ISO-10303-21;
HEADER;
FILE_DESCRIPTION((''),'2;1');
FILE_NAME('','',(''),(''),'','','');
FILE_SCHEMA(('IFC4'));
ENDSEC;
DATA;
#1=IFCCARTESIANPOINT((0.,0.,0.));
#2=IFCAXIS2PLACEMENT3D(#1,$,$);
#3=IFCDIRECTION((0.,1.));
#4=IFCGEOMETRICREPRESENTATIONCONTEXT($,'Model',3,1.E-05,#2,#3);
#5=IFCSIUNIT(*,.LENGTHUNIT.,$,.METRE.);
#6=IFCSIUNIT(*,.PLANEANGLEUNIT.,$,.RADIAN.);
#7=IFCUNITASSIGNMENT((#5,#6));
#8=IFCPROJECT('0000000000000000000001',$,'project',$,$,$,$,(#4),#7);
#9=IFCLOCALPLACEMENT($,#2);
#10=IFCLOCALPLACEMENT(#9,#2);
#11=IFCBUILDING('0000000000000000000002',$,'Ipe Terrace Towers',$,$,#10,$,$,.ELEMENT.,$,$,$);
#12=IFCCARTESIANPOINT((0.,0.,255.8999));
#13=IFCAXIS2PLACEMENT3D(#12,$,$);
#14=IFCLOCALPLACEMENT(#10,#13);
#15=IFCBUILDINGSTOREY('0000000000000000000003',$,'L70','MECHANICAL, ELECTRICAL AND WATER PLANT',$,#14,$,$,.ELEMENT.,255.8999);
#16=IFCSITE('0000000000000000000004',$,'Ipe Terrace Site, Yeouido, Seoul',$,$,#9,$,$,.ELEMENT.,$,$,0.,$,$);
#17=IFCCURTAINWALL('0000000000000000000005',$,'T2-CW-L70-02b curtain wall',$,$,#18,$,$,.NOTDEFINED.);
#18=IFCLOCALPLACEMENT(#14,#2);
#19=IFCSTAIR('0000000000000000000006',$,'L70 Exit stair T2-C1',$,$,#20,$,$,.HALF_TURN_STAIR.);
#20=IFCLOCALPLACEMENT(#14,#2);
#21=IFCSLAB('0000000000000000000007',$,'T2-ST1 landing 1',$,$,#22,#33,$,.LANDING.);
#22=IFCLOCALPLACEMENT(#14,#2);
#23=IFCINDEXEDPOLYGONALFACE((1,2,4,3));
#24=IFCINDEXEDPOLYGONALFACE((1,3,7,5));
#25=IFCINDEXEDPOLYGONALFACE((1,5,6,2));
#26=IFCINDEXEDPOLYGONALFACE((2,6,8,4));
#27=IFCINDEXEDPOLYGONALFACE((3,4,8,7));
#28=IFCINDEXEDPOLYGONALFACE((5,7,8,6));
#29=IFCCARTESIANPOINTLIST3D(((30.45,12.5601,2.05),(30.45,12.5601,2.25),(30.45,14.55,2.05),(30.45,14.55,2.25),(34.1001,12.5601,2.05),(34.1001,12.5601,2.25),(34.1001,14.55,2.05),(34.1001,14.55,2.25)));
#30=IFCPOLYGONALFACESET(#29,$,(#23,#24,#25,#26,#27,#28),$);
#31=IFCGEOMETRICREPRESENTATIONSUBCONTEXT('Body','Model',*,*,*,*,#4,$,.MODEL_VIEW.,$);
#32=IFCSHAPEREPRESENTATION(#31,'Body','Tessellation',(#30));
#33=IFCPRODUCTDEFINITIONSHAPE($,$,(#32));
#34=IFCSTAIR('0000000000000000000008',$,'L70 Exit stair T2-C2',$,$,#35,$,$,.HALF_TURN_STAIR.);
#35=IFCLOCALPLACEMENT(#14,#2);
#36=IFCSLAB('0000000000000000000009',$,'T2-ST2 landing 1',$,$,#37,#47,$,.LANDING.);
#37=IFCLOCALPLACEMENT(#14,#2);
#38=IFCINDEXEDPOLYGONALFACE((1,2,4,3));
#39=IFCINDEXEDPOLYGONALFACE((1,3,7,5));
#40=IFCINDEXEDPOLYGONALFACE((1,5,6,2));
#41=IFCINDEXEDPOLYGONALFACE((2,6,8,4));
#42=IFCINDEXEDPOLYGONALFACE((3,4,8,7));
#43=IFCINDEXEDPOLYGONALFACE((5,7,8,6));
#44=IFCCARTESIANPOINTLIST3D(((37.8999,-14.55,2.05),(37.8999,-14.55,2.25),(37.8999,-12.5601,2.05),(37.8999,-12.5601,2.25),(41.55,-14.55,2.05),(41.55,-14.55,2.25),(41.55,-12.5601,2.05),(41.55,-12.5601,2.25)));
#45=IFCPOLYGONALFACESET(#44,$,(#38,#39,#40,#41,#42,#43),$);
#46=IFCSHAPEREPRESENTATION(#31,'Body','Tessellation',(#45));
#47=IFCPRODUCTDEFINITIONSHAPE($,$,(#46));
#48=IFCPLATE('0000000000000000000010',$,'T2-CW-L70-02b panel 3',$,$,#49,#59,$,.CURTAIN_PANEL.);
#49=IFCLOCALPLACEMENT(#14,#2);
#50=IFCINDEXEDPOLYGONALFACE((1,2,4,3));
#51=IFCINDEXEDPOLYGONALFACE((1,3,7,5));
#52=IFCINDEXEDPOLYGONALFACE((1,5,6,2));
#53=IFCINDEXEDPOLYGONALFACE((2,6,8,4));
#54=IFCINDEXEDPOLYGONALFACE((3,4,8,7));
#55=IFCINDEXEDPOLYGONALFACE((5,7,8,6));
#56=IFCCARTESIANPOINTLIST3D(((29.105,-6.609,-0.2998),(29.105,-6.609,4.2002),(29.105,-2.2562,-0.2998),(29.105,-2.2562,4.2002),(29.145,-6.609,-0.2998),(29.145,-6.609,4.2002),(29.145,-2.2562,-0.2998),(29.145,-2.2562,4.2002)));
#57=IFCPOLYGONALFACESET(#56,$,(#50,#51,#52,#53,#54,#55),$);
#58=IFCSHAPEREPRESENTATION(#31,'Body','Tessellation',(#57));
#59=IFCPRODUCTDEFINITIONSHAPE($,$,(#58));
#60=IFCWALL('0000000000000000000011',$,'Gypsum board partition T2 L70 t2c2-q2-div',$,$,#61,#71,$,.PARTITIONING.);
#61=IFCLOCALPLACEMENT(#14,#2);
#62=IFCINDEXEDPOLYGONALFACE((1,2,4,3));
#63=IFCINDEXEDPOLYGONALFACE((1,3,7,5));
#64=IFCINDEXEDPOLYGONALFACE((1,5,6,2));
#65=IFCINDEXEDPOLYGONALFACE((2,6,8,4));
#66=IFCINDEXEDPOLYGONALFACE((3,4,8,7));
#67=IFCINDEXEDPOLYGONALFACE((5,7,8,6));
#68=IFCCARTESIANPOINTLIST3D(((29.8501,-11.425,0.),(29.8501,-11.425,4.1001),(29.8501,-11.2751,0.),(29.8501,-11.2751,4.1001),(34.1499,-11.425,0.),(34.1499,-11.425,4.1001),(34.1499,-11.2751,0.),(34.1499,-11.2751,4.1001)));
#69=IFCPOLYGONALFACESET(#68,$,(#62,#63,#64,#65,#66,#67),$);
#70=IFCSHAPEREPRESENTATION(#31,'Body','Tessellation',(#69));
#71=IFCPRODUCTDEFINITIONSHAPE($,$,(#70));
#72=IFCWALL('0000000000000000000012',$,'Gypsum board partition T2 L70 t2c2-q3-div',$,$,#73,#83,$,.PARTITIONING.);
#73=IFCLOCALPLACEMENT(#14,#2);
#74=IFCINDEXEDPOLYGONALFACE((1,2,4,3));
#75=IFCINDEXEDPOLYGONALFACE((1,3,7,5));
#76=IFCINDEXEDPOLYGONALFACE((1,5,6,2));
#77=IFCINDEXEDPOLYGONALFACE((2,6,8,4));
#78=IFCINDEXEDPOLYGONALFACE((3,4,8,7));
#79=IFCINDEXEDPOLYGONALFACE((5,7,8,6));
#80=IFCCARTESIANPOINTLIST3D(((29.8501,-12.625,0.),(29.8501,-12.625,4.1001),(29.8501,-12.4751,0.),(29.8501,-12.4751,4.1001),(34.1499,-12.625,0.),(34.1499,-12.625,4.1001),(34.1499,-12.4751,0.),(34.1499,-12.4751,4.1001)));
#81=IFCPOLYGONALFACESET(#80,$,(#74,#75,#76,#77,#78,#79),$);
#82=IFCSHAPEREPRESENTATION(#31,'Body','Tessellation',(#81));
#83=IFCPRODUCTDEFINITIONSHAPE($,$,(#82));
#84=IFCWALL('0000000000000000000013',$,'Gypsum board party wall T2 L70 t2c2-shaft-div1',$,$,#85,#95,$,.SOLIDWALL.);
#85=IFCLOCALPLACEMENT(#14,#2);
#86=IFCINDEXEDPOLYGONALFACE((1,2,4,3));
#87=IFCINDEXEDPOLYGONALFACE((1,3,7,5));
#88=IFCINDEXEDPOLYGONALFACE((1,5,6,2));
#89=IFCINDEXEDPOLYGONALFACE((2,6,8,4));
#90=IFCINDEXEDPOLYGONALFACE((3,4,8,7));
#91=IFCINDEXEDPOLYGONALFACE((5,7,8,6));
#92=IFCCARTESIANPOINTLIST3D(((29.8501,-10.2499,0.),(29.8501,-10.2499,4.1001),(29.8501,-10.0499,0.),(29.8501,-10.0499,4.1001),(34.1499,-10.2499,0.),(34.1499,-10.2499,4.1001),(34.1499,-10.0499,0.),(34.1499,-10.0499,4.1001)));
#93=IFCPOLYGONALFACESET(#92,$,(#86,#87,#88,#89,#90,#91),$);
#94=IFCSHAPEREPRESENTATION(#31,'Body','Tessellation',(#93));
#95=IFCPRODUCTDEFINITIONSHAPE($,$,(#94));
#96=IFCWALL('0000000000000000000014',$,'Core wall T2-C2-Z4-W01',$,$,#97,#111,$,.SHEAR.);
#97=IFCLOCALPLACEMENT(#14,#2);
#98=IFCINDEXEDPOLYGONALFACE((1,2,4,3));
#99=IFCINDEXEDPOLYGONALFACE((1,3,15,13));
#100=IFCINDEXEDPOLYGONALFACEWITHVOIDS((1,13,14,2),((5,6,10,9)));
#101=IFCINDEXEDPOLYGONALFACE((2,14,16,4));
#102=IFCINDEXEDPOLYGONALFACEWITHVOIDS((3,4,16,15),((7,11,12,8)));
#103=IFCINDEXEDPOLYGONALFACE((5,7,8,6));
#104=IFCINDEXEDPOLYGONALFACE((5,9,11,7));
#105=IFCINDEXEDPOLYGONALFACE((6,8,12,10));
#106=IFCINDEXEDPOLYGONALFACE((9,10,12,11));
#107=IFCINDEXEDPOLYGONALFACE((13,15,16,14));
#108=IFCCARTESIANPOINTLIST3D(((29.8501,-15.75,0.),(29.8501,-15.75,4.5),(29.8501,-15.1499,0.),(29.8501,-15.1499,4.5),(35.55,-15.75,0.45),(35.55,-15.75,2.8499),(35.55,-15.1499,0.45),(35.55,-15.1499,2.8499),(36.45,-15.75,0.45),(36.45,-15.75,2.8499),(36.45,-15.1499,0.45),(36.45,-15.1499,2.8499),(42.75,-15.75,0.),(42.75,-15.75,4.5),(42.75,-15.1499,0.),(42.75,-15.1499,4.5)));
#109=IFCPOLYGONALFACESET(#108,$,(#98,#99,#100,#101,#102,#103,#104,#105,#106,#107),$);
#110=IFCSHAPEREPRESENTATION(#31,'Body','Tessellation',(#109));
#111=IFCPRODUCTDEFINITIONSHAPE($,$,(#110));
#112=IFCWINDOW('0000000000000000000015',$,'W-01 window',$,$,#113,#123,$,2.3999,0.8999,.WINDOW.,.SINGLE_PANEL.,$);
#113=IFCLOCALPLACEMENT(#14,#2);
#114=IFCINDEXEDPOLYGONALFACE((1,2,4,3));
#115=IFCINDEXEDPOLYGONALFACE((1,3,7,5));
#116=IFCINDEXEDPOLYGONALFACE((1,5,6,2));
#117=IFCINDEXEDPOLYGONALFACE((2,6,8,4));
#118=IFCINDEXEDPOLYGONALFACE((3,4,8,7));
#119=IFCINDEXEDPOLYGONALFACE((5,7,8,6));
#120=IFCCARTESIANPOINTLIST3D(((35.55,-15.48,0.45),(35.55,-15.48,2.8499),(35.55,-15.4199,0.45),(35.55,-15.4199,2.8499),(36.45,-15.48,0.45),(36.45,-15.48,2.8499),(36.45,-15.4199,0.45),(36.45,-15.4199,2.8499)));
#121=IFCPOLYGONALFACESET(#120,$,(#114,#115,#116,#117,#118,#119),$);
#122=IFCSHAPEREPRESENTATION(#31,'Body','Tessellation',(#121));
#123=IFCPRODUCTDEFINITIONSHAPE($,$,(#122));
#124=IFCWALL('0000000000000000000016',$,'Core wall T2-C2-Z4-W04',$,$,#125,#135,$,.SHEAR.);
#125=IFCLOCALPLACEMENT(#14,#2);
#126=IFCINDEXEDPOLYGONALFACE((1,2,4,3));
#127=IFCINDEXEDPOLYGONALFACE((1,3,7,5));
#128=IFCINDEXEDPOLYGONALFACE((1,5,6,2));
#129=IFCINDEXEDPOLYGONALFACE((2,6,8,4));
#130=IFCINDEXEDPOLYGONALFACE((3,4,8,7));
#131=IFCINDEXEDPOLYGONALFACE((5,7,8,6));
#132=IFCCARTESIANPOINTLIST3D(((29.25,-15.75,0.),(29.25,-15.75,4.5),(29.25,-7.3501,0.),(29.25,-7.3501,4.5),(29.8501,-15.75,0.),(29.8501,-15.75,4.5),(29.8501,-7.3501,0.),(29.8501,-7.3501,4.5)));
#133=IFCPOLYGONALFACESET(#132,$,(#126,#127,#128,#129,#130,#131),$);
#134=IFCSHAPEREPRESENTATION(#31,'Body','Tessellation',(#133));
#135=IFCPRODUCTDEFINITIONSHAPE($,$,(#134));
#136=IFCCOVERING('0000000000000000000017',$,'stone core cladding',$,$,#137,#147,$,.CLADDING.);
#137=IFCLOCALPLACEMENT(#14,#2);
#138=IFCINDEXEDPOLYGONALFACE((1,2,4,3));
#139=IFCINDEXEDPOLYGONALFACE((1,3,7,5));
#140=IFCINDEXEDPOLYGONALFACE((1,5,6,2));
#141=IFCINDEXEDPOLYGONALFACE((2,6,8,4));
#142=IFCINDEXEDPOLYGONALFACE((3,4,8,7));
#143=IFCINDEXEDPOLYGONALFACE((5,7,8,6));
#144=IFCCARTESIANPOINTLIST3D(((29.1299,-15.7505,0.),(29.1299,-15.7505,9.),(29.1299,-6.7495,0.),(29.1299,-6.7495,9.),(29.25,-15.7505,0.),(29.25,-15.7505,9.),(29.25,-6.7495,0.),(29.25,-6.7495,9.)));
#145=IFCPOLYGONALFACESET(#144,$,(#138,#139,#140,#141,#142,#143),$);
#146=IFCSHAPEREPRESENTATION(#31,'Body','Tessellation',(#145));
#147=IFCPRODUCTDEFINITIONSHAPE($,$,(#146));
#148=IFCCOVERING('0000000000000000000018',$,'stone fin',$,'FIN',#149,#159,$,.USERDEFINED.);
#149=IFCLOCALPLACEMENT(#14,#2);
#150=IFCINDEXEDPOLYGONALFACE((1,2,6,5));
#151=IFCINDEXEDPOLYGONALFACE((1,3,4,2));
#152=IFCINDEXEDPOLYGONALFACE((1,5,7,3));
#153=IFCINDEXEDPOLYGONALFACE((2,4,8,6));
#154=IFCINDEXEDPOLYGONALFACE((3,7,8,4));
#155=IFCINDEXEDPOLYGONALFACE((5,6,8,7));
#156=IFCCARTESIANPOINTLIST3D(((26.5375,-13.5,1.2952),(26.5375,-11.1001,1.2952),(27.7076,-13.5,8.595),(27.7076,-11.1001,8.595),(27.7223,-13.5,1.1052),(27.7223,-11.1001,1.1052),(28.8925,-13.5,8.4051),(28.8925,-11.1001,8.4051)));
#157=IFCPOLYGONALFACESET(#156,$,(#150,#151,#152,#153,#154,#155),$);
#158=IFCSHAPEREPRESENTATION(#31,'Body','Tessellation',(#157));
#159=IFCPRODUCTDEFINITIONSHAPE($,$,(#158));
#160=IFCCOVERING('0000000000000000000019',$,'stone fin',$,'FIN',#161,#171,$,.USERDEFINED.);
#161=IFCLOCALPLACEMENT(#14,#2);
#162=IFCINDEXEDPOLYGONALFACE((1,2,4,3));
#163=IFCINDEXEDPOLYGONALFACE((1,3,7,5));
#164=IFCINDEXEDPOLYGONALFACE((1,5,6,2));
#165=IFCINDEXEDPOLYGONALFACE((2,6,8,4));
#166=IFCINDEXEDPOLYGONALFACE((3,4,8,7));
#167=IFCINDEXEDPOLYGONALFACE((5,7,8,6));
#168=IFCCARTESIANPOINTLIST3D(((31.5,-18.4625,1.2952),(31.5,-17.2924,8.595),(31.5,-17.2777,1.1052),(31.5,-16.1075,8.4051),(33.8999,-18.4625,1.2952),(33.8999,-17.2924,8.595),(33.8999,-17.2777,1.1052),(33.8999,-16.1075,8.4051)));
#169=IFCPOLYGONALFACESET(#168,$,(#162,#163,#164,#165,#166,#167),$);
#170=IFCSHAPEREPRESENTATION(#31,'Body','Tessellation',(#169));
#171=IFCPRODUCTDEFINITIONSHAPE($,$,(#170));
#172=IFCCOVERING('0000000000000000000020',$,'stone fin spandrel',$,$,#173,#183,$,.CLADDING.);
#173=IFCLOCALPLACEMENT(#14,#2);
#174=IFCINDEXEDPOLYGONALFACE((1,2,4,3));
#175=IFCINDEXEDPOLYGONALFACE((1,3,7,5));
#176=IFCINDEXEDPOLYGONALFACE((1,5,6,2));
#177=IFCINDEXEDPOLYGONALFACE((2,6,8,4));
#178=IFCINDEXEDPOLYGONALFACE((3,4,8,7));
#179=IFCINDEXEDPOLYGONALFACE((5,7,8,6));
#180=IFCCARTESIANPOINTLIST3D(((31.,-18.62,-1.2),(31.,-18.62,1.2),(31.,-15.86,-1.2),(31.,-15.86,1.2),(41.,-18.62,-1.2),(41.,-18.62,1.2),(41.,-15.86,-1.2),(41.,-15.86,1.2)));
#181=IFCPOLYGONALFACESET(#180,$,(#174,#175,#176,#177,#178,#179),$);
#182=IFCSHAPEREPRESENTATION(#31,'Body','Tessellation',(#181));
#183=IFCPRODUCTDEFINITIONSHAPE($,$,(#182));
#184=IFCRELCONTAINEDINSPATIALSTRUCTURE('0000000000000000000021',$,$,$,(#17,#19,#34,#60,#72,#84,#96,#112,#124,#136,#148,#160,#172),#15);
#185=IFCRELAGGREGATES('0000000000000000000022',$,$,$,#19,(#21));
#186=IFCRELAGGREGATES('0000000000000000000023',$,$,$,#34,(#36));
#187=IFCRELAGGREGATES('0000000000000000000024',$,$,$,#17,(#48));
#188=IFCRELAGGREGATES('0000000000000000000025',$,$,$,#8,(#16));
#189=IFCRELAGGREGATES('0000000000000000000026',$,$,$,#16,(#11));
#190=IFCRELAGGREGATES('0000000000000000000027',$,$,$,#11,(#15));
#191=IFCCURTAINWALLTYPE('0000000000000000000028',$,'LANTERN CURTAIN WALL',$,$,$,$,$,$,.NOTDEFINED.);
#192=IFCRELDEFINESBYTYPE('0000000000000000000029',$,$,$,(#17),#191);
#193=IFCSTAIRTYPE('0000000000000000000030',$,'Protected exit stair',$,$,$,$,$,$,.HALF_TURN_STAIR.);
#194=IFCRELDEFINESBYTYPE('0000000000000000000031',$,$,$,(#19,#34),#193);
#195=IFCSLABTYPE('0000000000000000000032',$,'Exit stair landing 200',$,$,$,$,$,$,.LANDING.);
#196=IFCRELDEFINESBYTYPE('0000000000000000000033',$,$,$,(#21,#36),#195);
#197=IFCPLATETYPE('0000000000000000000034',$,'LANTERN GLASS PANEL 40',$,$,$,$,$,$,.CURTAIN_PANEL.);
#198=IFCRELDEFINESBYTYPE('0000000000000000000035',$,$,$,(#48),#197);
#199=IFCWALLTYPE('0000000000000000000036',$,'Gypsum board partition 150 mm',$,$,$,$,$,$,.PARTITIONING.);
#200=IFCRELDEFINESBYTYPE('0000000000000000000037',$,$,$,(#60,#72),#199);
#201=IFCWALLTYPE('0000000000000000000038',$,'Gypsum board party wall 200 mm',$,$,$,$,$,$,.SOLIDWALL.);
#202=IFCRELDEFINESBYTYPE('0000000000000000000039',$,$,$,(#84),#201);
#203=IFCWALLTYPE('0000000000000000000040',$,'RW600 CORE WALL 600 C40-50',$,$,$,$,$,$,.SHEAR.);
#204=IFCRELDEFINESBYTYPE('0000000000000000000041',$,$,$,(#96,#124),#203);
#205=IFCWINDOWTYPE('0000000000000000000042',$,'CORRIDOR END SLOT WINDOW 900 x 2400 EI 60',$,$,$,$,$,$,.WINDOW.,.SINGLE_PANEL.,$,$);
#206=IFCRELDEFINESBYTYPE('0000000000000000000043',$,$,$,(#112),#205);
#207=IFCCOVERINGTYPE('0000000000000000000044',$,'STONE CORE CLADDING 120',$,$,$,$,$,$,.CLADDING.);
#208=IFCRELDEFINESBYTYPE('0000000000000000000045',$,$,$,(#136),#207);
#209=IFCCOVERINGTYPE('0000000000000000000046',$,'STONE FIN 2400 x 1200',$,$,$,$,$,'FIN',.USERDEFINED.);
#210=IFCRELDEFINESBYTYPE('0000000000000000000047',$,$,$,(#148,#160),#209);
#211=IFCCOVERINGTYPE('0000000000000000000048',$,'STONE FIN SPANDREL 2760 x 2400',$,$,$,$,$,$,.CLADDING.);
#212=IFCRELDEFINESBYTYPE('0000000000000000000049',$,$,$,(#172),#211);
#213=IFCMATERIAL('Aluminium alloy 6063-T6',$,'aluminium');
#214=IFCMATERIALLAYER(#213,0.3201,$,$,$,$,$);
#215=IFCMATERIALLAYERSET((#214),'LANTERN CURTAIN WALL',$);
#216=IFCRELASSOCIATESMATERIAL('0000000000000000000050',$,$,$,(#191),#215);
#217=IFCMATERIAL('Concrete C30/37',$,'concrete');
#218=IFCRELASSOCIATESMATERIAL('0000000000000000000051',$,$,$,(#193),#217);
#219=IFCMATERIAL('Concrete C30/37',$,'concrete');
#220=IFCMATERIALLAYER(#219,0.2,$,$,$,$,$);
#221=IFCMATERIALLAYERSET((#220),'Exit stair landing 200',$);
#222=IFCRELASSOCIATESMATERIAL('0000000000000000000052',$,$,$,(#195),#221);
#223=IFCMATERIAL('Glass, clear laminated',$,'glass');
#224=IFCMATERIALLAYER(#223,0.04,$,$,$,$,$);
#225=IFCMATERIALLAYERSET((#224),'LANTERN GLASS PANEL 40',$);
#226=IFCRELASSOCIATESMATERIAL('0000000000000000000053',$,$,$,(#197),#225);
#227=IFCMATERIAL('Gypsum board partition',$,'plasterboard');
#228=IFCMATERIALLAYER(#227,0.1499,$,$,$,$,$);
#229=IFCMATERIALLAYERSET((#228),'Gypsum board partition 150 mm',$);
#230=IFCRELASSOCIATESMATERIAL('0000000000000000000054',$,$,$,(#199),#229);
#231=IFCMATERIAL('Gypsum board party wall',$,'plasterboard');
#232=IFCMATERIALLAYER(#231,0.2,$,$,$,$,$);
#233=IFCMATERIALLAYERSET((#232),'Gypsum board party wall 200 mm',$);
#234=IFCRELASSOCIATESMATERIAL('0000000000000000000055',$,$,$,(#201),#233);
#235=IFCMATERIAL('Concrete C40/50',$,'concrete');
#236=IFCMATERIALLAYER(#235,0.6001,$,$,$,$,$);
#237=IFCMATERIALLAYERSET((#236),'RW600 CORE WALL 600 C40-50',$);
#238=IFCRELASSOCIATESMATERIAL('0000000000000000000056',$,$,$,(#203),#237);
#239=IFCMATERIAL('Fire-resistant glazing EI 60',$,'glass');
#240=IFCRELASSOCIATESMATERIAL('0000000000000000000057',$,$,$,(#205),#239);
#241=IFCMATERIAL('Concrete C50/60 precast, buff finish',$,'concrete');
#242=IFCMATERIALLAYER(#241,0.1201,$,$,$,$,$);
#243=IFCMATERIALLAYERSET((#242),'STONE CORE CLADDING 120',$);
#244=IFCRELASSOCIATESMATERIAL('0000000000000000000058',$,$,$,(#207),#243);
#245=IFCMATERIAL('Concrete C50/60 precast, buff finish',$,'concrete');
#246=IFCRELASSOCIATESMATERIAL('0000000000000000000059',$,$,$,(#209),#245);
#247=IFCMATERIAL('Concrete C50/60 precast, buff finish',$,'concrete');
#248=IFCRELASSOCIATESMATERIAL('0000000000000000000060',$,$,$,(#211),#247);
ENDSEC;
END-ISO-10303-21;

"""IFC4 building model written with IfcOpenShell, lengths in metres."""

from ifc_helpers import new_model, si_unit, direction, frame, frame_2d, origin, origin_2d, place, context, subcontext, project, spatial, polyline, rectangle, outline, extrude, material, layer, layer_set, material_profile, profile_set, type_object, element, fill, aggregate, save


model = new_model("IFC4")

# Units and contexts
model_context = context("Model", 3, precision=1e-05, world=origin(), true_north=direction((0.0, 1.0)))
body_context = subcontext(model_context, "Body", "Model", "MODEL_VIEW")
ifc_project = project(units=[si_unit("LENGTHUNIT", "METRE"), si_unit("PLANEANGLEUNIT", "RADIAN")], contexts=[model_context])

# Site, building, storey
site_placement = place(None, origin())
site = spatial("IfcSite", under=ifc_project, at=site_placement, Name="Ipe Terrace Site, Yeouido, Seoul", CompositionType="ELEMENT", RefElevation=0.0)
building_placement = place(site_placement, origin())
building = spatial("IfcBuilding", under=site, at=building_placement, Name="Ipe Terrace Towers", CompositionType="ELEMENT")
storey_placement = place(building_placement, frame((0.0, 0.0, 255.8999)))
storey = spatial("IfcBuildingStorey", under=building, at=storey_placement, Name="L70", Description="MECHANICAL, ELECTRICAL AND WATER PLANT", CompositionType="ELEMENT", Elevation=255.8999)

# Curtain wall
ifc_material_1 = material(Name="Aluminium alloy 6063-T6", Category="aluminium")
ifc_layer_1 = layer(ifc_material_1, 0.3201)
ifc_layer_set_1 = layer_set([ifc_layer_1], Name="LANTERN CURTAIN WALL")
curtain_wall_type = type_object("IfcCurtainWallType", Name="LANTERN CURTAIN WALL", PredefinedType="NOTDEFINED", material=ifc_layer_set_1)
curtain_wall_placement = place(storey_placement, origin())
curtain_wall = element("IfcCurtainWall", 1, at=curtain_wall_placement, inside=storey, type_object=curtain_wall_type, Name="T2-CW-L70-02b curtain wall", PredefinedType="NOTDEFINED")

# Stairs, slabs
ifc_material_2 = material(Name="Concrete C30/37", Category="concrete")
stair_type = type_object("IfcStairType", Name="Protected exit stair", PredefinedType="HALF_TURN_STAIR", material=ifc_material_2)
stair_1_placement = place(storey_placement, origin())
stair_1 = element("IfcStair", 2, at=stair_1_placement, inside=storey, type_object=stair_type, Name="L70 Exit stair T2-C1", PredefinedType="HALF_TURN_STAIR")
ifc_material_3 = material(Name="Concrete C30/37", Category="concrete")
ifc_layer_2 = layer(ifc_material_3, 0.2)
ifc_layer_set_2 = layer_set([ifc_layer_2], Name="Exit stair landing 200")
slab_type_1 = type_object("IfcSlabType", Name="Exit stair landing 200", PredefinedType="LANDING", material=ifc_layer_set_2)
slab_1_placement = place(storey_placement, frame((0.0, 0.0, 2.05)))
slab_1 = element("IfcSlab", 3, at=slab_1_placement, type_object=slab_type_1, Name="T2-ST1 landing 1", PredefinedType="LANDING", context=body_context, shape_type="SweptSolid", body=[
    extrude(outline(polyline([(34.1001, 12.5601), (34.1001, 14.55), (30.45, 14.55), (30.45, 12.5601), (34.1001, 12.5601)])), origin(), (0.0, 0.0, 1.0), 0.2),
])
aggregate(stair_1, [slab_1])
stair_2_placement = place(storey_placement, origin())
stair_2 = element("IfcStair", 4, at=stair_2_placement, inside=storey, type_object=stair_type, Name="L70 Exit stair T2-C2", PredefinedType="HALF_TURN_STAIR")
slab_2_placement = place(storey_placement, frame((0.0, 0.0, 2.05)))
slab_2 = element("IfcSlab", 5, at=slab_2_placement, type_object=slab_type_1, Name="T2-ST2 landing 1", PredefinedType="LANDING", context=body_context, shape_type="SweptSolid", body=[
    extrude(outline(polyline([(37.8999, -12.5601), (37.8999, -14.55), (41.55, -14.55), (41.55, -12.5601), (37.8999, -12.5601)])), origin(), (0.0, 0.0, 1.0), 0.2),
])
aggregate(stair_2, [slab_2])

# Plate
ifc_material_4 = material(Name="Glass, clear laminated", Category="glass")
ifc_layer_3 = layer(ifc_material_4, 0.04)
ifc_layer_set_3 = layer_set([ifc_layer_3], Name="LANTERN GLASS PANEL 40")
plate_type = type_object("IfcPlateType", Name="LANTERN GLASS PANEL 40", PredefinedType="CURTAIN_PANEL", material=ifc_layer_set_3)
plate_placement = place(storey_placement, frame((29.125, -4.4326, -0.2998), z_axis=(0.0, 0.0, 1.0), x_axis=(0.0, -1.0, 0.0)))
plate = element("IfcPlate", 6, at=plate_placement, type_object=plate_type, Name="T2-CW-L70-02b panel 3", PredefinedType="CURTAIN_PANEL", context=body_context, shape_type="SweptSolid", body=[
    extrude(rectangle(XDim=4.3528, YDim=0.04, at=origin_2d()), origin(), (0.0, 0.0, 1.0), 4.5),
])
aggregate(curtain_wall, [plate])

# Walls
ifc_material_5 = material(Name="Gypsum board partition", Category="plasterboard")
ifc_layer_4 = layer(ifc_material_5, 0.1499)
ifc_layer_set_4 = layer_set([ifc_layer_4], Name="Gypsum board partition 150 mm")
wall_type_1 = type_object("IfcWallType", Name="Gypsum board partition 150 mm", PredefinedType="PARTITIONING", material=ifc_layer_set_4)
for number, where, z_axis, x_axis, name in (
    (7, (29.8501, -11.3501, 0.0), (0.0, 0.0, 1.0), (1.0, 0.0, 0.0), "Gypsum board partition T2 L70 t2c2-q2-div"),
    (8, (29.8501, -12.55, 0.0), (0.0, 0.0, 1.0), (1.0, 0.0, 0.0), "Gypsum board partition T2 L70 t2c2-q3-div"),
):
    element("IfcWall", number, at=place(storey_placement, frame(where, z_axis=z_axis, x_axis=x_axis)), inside=storey, type_object=wall_type_1, Name=name, PredefinedType="PARTITIONING", context=body_context, shape_type="SweptSolid", body=[
        extrude(rectangle(XDim=4.2998, YDim=0.1499, at=frame_2d((2.1499, 0.0))), origin(), (0.0, 0.0, 1.0), 4.1001),
    ])
ifc_material_6 = material(Name="Gypsum board party wall", Category="plasterboard")
ifc_layer_5 = layer(ifc_material_6, 0.2)
ifc_layer_set_5 = layer_set([ifc_layer_5], Name="Gypsum board party wall 200 mm")
wall_type_2 = type_object("IfcWallType", Name="Gypsum board party wall 200 mm", PredefinedType="SOLIDWALL", material=ifc_layer_set_5)
wall_1_placement = place(storey_placement, frame((29.8501, -10.1499, 0.0), z_axis=(0.0, 0.0, 1.0), x_axis=(1.0, 0.0, 0.0)))
element("IfcWall", 9, at=wall_1_placement, inside=storey, type_object=wall_type_2, Name="Gypsum board party wall T2 L70 t2c2-shaft-div1", PredefinedType="SOLIDWALL", context=body_context, shape_type="SweptSolid", body=[
    extrude(rectangle(XDim=4.2998, YDim=0.2, at=frame_2d((2.1499, 0.0))), origin(), (0.0, 0.0, 1.0), 4.1001),
])

# Wall, opening, window
ifc_material_7 = material(Name="Concrete C40/50", Category="concrete")
ifc_layer_6 = layer(ifc_material_7, 0.6001)
ifc_layer_set_6 = layer_set([ifc_layer_6], Name="RW600 CORE WALL 600 C40-50")
wall_type_3 = type_object("IfcWallType", Name="RW600 CORE WALL 600 C40-50", PredefinedType="SHEAR", material=ifc_layer_set_6)
wall_2_placement = place(storey_placement, frame((29.8501, -15.45, 0.0), z_axis=(0.0, 0.0, 1.0), x_axis=(1.0, 0.0, 0.0)))
wall_2 = element("IfcWall", 10, at=wall_2_placement, inside=storey, type_object=wall_type_3, Name="Core wall T2-C2-Z4-W01", PredefinedType="SHEAR", context=body_context, shape_type="SweptSolid", body=[
    extrude(rectangle(XDim=12.8999, YDim=0.6001, at=frame_2d((6.45, 0.0))), origin(), (0.0, 0.0, 1.0), 4.5),
])
opening_placement = place(wall_2_placement, frame((5.7, 0.0, 0.45)))
opening = element("IfcOpeningElement", 11, at=opening_placement, cuts=wall_2, PredefinedType="OPENING", context=body_context, shape_type="SweptSolid", body=[
    extrude(rectangle(XDim=0.8999, YDim=2.3999, at=frame_2d((0.45, 1.2))), frame((0.0, 0.3101, 0.0), z_axis=(0.0, -1.0, 0.0), x_axis=(1.0, 0.0, 0.0)), (0.0, 0.0, 1.0), 0.6201),
])
ifc_material_8 = material(Name="Fire-resistant glazing EI 60", Category="glass")
window_type = type_object("IfcWindowType", Name="CORRIDOR END SLOT WINDOW 900 x 2400 EI 60", PartitioningType="SINGLE_PANEL", PredefinedType="WINDOW", material=ifc_material_8)
window_placement = place(opening_placement, origin())
window = element("IfcWindow", 12, at=window_placement, inside=storey, type_object=window_type, Name="W-01 window", OverallHeight=2.3999, OverallWidth=0.8999, PartitioningType="SINGLE_PANEL", PredefinedType="WINDOW", context=body_context, shape_type="SweptSolid", body=[
    extrude(rectangle(XDim=0.8999, YDim=2.3999, at=frame_2d((0.45, 1.2))), frame((0.0, 0.03, 0.0), z_axis=(0.0, -1.0, 0.0), x_axis=(1.0, 0.0, 0.0)), (0.0, 0.0, 1.0), 0.0601),
])
fill(opening, window)

# Wall
wall_3_placement = place(storey_placement, frame((29.55, -7.3501, 0.0), z_axis=(0.0, 0.0, 1.0), x_axis=(0.0, -1.0, 0.0)))
element("IfcWall", 13, at=wall_3_placement, inside=storey, type_object=wall_type_3, Name="Core wall T2-C2-Z4-W04", PredefinedType="SHEAR", context=body_context, shape_type="SweptSolid", body=[
    extrude(rectangle(XDim=8.3999, YDim=0.6001, at=frame_2d((4.2, 0.0))), origin(), (0.0, 0.0, 1.0), 4.5),
])

# Coverings
ifc_material_9 = material(Name="Concrete C50/60 precast, buff finish", Category="concrete")
ifc_layer_7 = layer(ifc_material_9, 0.1201)
ifc_layer_set_7 = layer_set([ifc_layer_7], Name="STONE CORE CLADDING 120")
covering_type_1 = type_object("IfcCoveringType", Name="STONE CORE CLADDING 120", PredefinedType="CLADDING", material=ifc_layer_set_7)
covering_1_placement = place(storey_placement, frame((29.1899, -11.25, 0.0), z_axis=(0.0, 0.0, 1.0), x_axis=(0.0, -1.0, 0.0)))
element("IfcCovering", 14, at=covering_1_placement, inside=storey, type_object=covering_type_1, Name="stone core cladding", PredefinedType="CLADDING", context=body_context, shape_type="SweptSolid", body=[
    extrude(rectangle(XDim=9.001, YDim=0.1201, at=origin_2d()), origin(), (0.0, 0.0, 1.0), 9.0),
])
ifc_material_10 = material(Name="Concrete C50/60 precast, buff finish", Category="concrete")
ifc_material_profile_1 = material_profile(ifc_material_10, rectangle(XDim=2.3999, YDim=1.2, at=origin_2d()), Name="STONE FIN 2400 x 1200")
ifc_profile_set_1 = profile_set([ifc_material_profile_1], Name="Concrete C50/60 precast, buff finish")
covering_type_2 = type_object("IfcCoveringType", Name="STONE FIN 2400 x 1200", ElementType="FIN", PredefinedType="USERDEFINED", material=ifc_profile_set_1)
for number, where, z_axis, x_axis, name in (
    (15, (27.1299, -12.3, 1.2002), (0.15828, 0.0, 0.987394), (0.0, -1.0, 0.0), "stone fin"),
    (16, (32.7, -17.8701, 1.2002), (0.0, 0.15828, 0.987394), (1.0, 0.0, 0.0), "stone fin"),
):
    element("IfcCovering", number, at=place(storey_placement, frame(where, z_axis=z_axis, x_axis=x_axis)), inside=storey, type_object=covering_type_2, Name=name, ObjectType="FIN", PredefinedType="USERDEFINED", context=body_context, shape_type="SweptSolid", body=[
        extrude(rectangle(XDim=2.3999, YDim=1.2, at=origin_2d()), origin(), (0.0, 0.0, 1.0), 7.3931),
    ])
ifc_material_11 = material(Name="Concrete C50/60 precast, buff finish", Category="concrete")
ifc_material_profile_2 = material_profile(ifc_material_11, rectangle(XDim=2.76, YDim=2.3999, at=origin_2d()), Name="STONE FIN SPANDREL 2760 x 2400")
ifc_profile_set_2 = profile_set([ifc_material_profile_2], Name="Concrete C50/60 precast, buff finish")
covering_type_3 = type_object("IfcCoveringType", Name="STONE FIN SPANDREL 2760 x 2400", PredefinedType="CLADDING", material=ifc_profile_set_2)
covering_2_placement = place(storey_placement, frame((31.0, -17.24, 0.0), z_axis=(1.0, 0.0, 0.0), x_axis=(0.0, -1.0, 0.0)))
element("IfcCovering", 17, at=covering_2_placement, inside=storey, type_object=covering_type_3, Name="stone fin spandrel", PredefinedType="CLADDING", context=body_context, shape_type="SweptSolid", body=[
    extrude(rectangle(XDim=2.76, YDim=2.3999, at=origin_2d()), origin(), (0.0, 0.0, 1.0), 10.0),
])

save(model, "model.ifc")
